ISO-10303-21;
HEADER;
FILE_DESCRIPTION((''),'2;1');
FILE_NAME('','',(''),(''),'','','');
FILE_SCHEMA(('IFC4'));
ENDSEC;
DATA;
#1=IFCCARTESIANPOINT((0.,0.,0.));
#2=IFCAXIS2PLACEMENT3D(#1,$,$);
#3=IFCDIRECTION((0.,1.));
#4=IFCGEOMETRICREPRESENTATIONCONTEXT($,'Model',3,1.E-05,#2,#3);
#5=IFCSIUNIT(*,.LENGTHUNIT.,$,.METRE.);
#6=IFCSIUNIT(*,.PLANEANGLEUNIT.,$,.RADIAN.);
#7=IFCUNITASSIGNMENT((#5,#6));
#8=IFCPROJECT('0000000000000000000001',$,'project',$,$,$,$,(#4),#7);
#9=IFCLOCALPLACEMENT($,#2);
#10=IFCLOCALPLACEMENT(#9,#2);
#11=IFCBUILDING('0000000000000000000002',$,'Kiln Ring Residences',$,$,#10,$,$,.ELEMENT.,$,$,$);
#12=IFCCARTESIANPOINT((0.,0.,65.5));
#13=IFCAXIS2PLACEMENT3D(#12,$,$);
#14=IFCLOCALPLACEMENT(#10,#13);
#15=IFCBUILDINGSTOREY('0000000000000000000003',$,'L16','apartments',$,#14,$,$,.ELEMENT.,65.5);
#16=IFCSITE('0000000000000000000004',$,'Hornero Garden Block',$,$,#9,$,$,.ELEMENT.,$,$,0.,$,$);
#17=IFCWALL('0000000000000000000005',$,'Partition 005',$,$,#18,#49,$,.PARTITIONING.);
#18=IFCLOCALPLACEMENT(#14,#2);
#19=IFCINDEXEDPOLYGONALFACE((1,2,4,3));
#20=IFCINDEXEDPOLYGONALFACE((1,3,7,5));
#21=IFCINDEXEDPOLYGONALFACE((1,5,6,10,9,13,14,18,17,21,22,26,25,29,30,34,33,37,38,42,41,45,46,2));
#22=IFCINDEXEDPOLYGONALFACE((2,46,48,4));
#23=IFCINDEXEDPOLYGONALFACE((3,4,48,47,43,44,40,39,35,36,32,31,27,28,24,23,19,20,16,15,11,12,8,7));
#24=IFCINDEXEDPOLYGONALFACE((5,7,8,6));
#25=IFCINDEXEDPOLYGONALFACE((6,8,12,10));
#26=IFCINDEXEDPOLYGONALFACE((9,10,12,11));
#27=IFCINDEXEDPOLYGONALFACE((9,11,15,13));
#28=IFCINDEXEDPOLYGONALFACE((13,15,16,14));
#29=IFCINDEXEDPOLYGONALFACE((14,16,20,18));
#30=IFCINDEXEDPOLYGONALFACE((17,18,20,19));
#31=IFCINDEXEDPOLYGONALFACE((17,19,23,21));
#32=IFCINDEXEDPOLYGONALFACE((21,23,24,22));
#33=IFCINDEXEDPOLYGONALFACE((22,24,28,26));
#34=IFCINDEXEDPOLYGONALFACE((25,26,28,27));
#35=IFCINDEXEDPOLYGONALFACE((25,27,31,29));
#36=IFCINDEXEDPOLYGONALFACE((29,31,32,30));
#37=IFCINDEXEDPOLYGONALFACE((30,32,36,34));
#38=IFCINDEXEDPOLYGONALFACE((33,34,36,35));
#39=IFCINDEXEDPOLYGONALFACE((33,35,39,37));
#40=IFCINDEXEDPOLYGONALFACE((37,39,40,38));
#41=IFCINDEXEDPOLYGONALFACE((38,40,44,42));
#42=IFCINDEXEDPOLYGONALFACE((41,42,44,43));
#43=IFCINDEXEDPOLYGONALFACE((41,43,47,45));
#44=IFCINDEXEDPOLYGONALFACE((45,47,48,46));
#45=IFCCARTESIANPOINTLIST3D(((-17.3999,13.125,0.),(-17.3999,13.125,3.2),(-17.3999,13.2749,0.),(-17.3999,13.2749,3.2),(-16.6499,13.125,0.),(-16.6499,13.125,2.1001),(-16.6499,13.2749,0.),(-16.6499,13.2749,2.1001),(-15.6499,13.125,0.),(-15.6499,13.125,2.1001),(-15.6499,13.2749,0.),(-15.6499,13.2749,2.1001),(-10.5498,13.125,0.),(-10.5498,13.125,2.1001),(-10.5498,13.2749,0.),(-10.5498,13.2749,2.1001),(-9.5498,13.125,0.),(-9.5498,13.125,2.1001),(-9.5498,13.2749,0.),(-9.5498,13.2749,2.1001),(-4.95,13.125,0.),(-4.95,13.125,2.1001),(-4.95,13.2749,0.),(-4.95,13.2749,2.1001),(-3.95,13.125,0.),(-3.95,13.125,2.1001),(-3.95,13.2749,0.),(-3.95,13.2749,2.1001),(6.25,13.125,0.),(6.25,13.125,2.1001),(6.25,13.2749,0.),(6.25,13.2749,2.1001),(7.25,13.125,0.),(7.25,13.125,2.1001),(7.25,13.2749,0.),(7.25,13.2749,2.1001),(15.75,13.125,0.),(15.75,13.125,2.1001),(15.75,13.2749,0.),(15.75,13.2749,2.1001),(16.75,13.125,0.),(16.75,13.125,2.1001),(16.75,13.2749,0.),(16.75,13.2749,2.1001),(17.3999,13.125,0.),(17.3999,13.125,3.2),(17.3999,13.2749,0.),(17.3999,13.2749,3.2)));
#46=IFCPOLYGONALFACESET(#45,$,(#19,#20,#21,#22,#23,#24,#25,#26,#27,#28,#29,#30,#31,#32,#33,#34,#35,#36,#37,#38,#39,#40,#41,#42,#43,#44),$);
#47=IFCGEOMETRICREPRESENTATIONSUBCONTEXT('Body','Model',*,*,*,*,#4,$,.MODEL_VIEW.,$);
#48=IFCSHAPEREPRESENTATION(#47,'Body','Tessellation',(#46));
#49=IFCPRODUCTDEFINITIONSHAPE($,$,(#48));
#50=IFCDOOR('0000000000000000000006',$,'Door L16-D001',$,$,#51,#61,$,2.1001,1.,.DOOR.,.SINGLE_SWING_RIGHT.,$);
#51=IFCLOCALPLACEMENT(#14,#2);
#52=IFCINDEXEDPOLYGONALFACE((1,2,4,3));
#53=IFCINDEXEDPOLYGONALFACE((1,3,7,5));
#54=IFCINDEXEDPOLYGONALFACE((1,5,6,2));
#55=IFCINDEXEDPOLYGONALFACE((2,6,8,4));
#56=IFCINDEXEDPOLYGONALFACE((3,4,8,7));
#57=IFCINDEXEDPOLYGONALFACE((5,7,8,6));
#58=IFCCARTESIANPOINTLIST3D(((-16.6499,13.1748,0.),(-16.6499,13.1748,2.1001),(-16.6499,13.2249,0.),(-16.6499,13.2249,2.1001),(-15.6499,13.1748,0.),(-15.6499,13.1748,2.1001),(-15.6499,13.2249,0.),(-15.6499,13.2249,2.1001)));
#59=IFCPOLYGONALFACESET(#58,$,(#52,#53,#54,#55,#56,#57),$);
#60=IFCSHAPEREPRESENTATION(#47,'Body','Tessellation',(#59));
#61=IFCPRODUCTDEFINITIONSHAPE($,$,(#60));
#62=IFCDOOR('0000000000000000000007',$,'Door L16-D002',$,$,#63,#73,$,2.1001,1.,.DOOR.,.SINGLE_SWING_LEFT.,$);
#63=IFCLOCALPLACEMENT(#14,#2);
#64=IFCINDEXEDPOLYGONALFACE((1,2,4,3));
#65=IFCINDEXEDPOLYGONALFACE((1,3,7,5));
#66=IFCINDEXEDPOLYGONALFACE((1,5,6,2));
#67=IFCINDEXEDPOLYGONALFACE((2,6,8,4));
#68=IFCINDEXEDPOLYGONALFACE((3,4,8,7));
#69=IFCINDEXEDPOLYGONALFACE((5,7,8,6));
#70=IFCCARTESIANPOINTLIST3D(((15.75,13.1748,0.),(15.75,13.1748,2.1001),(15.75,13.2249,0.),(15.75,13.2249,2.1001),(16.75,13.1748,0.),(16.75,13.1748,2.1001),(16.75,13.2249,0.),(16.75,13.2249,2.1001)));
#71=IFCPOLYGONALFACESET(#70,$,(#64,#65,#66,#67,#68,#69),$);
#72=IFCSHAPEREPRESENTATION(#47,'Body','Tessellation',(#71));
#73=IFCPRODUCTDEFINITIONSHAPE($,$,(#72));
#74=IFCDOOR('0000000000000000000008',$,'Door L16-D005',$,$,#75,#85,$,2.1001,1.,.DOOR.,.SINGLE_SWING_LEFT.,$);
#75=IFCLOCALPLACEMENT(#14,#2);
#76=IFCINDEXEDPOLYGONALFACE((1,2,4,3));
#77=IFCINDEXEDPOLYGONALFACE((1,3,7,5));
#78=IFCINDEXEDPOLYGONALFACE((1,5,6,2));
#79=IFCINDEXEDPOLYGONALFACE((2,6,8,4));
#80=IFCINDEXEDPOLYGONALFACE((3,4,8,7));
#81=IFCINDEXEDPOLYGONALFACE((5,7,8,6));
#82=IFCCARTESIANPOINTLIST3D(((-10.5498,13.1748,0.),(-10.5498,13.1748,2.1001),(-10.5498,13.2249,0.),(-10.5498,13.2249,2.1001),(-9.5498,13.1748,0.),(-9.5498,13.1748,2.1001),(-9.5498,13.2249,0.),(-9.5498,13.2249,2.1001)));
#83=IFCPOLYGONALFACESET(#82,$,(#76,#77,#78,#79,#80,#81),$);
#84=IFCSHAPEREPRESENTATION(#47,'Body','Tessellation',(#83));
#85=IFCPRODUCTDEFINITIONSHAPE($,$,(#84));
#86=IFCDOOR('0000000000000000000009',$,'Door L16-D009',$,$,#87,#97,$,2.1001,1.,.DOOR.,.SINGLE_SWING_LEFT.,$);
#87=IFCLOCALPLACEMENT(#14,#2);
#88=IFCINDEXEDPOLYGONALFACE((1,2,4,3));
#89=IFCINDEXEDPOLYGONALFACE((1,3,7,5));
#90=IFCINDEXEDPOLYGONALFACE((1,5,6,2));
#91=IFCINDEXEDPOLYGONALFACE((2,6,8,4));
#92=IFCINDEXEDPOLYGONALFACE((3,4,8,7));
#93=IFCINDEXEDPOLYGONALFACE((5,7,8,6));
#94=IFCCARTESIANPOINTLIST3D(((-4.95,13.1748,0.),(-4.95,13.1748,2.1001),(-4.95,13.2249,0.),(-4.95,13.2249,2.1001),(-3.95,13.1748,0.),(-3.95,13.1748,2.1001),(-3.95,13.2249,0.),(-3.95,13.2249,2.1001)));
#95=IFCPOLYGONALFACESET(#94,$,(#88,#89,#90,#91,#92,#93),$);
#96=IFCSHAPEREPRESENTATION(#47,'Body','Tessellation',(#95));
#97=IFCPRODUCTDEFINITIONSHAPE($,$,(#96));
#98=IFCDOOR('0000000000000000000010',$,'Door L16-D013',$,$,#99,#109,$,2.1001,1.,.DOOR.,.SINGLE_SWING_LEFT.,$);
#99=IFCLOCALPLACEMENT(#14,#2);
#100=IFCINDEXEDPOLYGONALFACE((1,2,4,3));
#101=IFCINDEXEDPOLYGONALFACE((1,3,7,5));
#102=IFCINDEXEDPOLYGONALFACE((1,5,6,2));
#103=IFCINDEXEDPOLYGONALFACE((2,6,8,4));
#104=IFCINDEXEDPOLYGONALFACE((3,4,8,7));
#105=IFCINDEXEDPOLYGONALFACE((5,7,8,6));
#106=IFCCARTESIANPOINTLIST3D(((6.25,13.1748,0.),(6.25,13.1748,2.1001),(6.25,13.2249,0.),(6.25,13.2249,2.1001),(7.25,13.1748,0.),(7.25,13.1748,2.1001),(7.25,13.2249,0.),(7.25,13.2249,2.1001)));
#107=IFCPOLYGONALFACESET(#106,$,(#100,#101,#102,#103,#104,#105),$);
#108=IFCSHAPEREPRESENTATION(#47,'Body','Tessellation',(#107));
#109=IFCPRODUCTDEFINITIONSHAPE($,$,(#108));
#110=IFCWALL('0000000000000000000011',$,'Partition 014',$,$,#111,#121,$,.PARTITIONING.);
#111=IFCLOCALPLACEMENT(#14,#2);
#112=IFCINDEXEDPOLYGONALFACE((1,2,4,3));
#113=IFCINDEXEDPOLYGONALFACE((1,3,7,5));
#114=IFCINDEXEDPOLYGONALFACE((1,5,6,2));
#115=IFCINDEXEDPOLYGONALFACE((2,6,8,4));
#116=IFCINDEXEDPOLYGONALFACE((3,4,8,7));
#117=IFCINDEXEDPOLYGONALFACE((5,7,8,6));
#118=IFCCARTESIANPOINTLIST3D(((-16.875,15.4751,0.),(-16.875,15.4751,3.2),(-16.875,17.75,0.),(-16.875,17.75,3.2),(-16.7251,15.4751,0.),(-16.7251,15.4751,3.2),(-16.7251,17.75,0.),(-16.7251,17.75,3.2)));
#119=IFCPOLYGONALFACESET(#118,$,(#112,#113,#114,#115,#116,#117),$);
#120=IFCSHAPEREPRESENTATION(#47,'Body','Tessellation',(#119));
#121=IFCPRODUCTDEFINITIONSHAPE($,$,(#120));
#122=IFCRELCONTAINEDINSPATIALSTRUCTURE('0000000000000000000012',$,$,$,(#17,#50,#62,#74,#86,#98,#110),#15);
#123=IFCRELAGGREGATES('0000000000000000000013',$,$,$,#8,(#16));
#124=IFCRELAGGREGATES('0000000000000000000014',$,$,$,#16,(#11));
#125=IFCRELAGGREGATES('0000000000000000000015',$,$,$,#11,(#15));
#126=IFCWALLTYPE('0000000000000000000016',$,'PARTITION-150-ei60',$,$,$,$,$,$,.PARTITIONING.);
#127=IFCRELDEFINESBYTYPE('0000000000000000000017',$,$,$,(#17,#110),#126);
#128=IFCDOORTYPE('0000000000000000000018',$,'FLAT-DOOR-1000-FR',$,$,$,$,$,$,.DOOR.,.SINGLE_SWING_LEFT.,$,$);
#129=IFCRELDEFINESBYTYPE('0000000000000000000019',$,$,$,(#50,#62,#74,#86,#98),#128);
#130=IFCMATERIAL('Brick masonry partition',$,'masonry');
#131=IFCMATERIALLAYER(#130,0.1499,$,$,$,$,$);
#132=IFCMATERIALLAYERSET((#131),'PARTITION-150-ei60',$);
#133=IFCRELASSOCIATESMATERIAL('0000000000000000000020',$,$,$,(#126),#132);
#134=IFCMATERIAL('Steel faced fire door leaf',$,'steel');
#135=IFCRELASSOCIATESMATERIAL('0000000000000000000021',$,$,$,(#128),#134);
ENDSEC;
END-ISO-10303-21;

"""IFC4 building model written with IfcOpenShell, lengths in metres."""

from ifc_helpers import new_model, si_unit, direction, frame, frame_2d, origin, place, context, subcontext, project, spatial, rectangle, extrude, material, layer, layer_set, type_object, element, fill, save


model = new_model("IFC4")

# Units and contexts
model_context = context("Model", 3, precision=1e-05, world=origin(), true_north=direction((0.0, 1.0)))
body_context = subcontext(model_context, "Body", "Model", "MODEL_VIEW")
ifc_project = project(units=[si_unit("LENGTHUNIT", "METRE"), si_unit("PLANEANGLEUNIT", "RADIAN")], contexts=[model_context])

# Site, building, storey
site_placement = place(None, origin())
site = spatial("IfcSite", under=ifc_project, at=site_placement, Name="Hornero Garden Block", CompositionType="ELEMENT", RefElevation=0.0)
building_placement = place(site_placement, origin())
building = spatial("IfcBuilding", under=site, at=building_placement, Name="Kiln Ring Residences", CompositionType="ELEMENT")
storey_placement = place(building_placement, frame((0.0, 0.0, 65.5)))
storey = spatial("IfcBuildingStorey", under=building, at=storey_placement, Name="L16", Description="apartments", CompositionType="ELEMENT", Elevation=65.5)

# Wall, openings, doors
ifc_material_1 = material(Name="Brick masonry partition", Category="masonry")
ifc_layer_1 = layer(ifc_material_1, 0.1499)
ifc_layer_set_1 = layer_set([ifc_layer_1], Name="PARTITION-150-ei60")
wall_type_1 = type_object("IfcWallType", Name="PARTITION-150-ei60", PredefinedType="PARTITIONING", material=ifc_layer_set_1)
wall_1_placement = place(storey_placement, frame((-17.3999, 13.2, 0.0), z_axis=(0.0, 0.0, 1.0), x_axis=(1.0, 0.0, 0.0)))
wall_1 = element("IfcWall", 1, at=wall_1_placement, inside=storey, type_object=wall_type_1, Name="Partition 005", PredefinedType="PARTITIONING", context=body_context, shape_type="SweptSolid", body=[
    extrude(rectangle(XDim=34.7998, YDim=0.1499, at=frame_2d((17.3999, 0.0))), origin(), (0.0, 0.0, 1.0), 3.2),
])
opening_1_placement = place(wall_1_placement, frame((0.75, 0.0, 0.0)))
opening_1 = element("IfcOpeningElement", 2, at=opening_1_placement, cuts=wall_1, PredefinedType="OPENING", context=body_context, shape_type="SweptSolid", body=[
    extrude(rectangle(XDim=1.0, YDim=2.1001, at=frame_2d((0.5, 1.05))), frame((0.0, 0.085, 0.0), z_axis=(0.0, -1.0, 0.0), x_axis=(1.0, 0.0, 0.0)), (0.0, 0.0, 1.0), 0.1699),
])
opening_2_placement = place(wall_1_placement, frame((33.1499, 0.0, 0.0)))
opening_2 = element("IfcOpeningElement", 3, at=opening_2_placement, cuts=wall_1, PredefinedType="OPENING", context=body_context, shape_type="SweptSolid", body=[
    extrude(rectangle(XDim=1.0, YDim=2.1001, at=frame_2d((0.5, 1.05))), frame((0.0, 0.085, 0.0), z_axis=(0.0, -1.0, 0.0), x_axis=(1.0, 0.0, 0.0)), (0.0, 0.0, 1.0), 0.1699),
])
opening_3_placement = place(wall_1_placement, frame((6.8501, 0.0, 0.0)))
opening_3 = element("IfcOpeningElement", 4, at=opening_3_placement, cuts=wall_1, PredefinedType="OPENING", context=body_context, shape_type="SweptSolid", body=[
    extrude(rectangle(XDim=1.0, YDim=2.1001, at=frame_2d((0.5, 1.05))), frame((0.0, 0.085, 0.0), z_axis=(0.0, -1.0, 0.0), x_axis=(1.0, 0.0, 0.0)), (0.0, 0.0, 1.0), 0.1699),
])
opening_4_placement = place(wall_1_placement, frame((12.45, 0.0, 0.0)))
opening_4 = element("IfcOpeningElement", 5, at=opening_4_placement, cuts=wall_1, PredefinedType="OPENING", context=body_context, shape_type="SweptSolid", body=[
    extrude(rectangle(XDim=1.0, YDim=2.1001, at=frame_2d((0.5, 1.05))), frame((0.0, 0.085, 0.0), z_axis=(0.0, -1.0, 0.0), x_axis=(1.0, 0.0, 0.0)), (0.0, 0.0, 1.0), 0.1699),
])
opening_5_placement = place(wall_1_placement, frame((23.6499, 0.0, 0.0)))
opening_5 = element("IfcOpeningElement", 6, at=opening_5_placement, cuts=wall_1, PredefinedType="OPENING", context=body_context, shape_type="SweptSolid", body=[
    extrude(rectangle(XDim=1.0, YDim=2.1001, at=frame_2d((0.5, 1.05))), frame((0.0, 0.085, 0.0), z_axis=(0.0, -1.0, 0.0), x_axis=(1.0, 0.0, 0.0)), (0.0, 0.0, 1.0), 0.1699),
])
ifc_material_2 = material(Name="Steel faced fire door leaf", Category="steel")
door_type_1 = type_object("IfcDoorType", Name="FLAT-DOOR-1000-FR", OperationType="SINGLE_SWING_LEFT", PredefinedType="DOOR", material=ifc_material_2)
door_1_placement = place(opening_1_placement, origin())
door_1 = element("IfcDoor", 7, at=door_1_placement, inside=storey, type_object=door_type_1, Name="Door L16-D001", OperationType="SINGLE_SWING_RIGHT", OverallHeight=2.1001, OverallWidth=1.0, PredefinedType="DOOR", context=body_context, shape_type="SweptSolid", body=[
    extrude(rectangle(XDim=1.0, YDim=2.1001, at=frame_2d((0.5, 1.05))), frame((0.0, 0.0249, 0.0), z_axis=(0.0, -1.0, 0.0), x_axis=(1.0, 0.0, 0.0)), (0.0, 0.0, 1.0), 0.05),
])
fill(opening_1, door_1)
door_2_placement = place(opening_2_placement, origin())
door_2 = element("IfcDoor", 8, at=door_2_placement, inside=storey, type_object=door_type_1, Name="Door L16-D002", OperationType="SINGLE_SWING_LEFT", OverallHeight=2.1001, OverallWidth=1.0, PredefinedType="DOOR", context=body_context, shape_type="SweptSolid", body=[
    extrude(rectangle(XDim=1.0, YDim=2.1001, at=frame_2d((0.5, 1.05))), frame((0.0, 0.0249, 0.0), z_axis=(0.0, -1.0, 0.0), x_axis=(1.0, 0.0, 0.0)), (0.0, 0.0, 1.0), 0.05),
])
fill(opening_2, door_2)
door_3_placement = place(opening_3_placement, origin())
door_3 = element("IfcDoor", 9, at=door_3_placement, inside=storey, type_object=door_type_1, Name="Door L16-D005", OperationType="SINGLE_SWING_LEFT", OverallHeight=2.1001, OverallWidth=1.0, PredefinedType="DOOR", context=body_context, shape_type="SweptSolid", body=[
    extrude(rectangle(XDim=1.0, YDim=2.1001, at=frame_2d((0.5, 1.05))), frame((0.0, 0.0249, 0.0), z_axis=(0.0, -1.0, 0.0), x_axis=(1.0, 0.0, 0.0)), (0.0, 0.0, 1.0), 0.05),
])
fill(opening_3, door_3)
door_4_placement = place(opening_4_placement, origin())
door_4 = element("IfcDoor", 10, at=door_4_placement, inside=storey, type_object=door_type_1, Name="Door L16-D009", OperationType="SINGLE_SWING_LEFT", OverallHeight=2.1001, OverallWidth=1.0, PredefinedType="DOOR", context=body_context, shape_type="SweptSolid", body=[
    extrude(rectangle(XDim=1.0, YDim=2.1001, at=frame_2d((0.5, 1.05))), frame((0.0, 0.0249, 0.0), z_axis=(0.0, -1.0, 0.0), x_axis=(1.0, 0.0, 0.0)), (0.0, 0.0, 1.0), 0.05),
])
fill(opening_4, door_4)
door_5_placement = place(opening_5_placement, origin())
door_5 = element("IfcDoor", 11, at=door_5_placement, inside=storey, type_object=door_type_1, Name="Door L16-D013", OperationType="SINGLE_SWING_LEFT", OverallHeight=2.1001, OverallWidth=1.0, PredefinedType="DOOR", context=body_context, shape_type="SweptSolid", body=[
    extrude(rectangle(XDim=1.0, YDim=2.1001, at=frame_2d((0.5, 1.05))), frame((0.0, 0.0249, 0.0), z_axis=(0.0, -1.0, 0.0), x_axis=(1.0, 0.0, 0.0)), (0.0, 0.0, 1.0), 0.05),
])
fill(opening_5, door_5)

# Wall
wall_2_placement = place(storey_placement, frame((-16.8, 15.4751, 0.0), z_axis=(0.0, 0.0, 1.0), x_axis=(0.0, 1.0, 0.0)))
element("IfcWall", 12, at=wall_2_placement, inside=storey, type_object=wall_type_1, Name="Partition 014", PredefinedType="PARTITIONING", context=body_context, shape_type="SweptSolid", body=[
    extrude(rectangle(XDim=2.2749, YDim=0.1499, at=frame_2d((1.1375, 0.0))), origin(), (0.0, 0.0, 1.0), 3.2),
])

save(model, "model.ifc")
